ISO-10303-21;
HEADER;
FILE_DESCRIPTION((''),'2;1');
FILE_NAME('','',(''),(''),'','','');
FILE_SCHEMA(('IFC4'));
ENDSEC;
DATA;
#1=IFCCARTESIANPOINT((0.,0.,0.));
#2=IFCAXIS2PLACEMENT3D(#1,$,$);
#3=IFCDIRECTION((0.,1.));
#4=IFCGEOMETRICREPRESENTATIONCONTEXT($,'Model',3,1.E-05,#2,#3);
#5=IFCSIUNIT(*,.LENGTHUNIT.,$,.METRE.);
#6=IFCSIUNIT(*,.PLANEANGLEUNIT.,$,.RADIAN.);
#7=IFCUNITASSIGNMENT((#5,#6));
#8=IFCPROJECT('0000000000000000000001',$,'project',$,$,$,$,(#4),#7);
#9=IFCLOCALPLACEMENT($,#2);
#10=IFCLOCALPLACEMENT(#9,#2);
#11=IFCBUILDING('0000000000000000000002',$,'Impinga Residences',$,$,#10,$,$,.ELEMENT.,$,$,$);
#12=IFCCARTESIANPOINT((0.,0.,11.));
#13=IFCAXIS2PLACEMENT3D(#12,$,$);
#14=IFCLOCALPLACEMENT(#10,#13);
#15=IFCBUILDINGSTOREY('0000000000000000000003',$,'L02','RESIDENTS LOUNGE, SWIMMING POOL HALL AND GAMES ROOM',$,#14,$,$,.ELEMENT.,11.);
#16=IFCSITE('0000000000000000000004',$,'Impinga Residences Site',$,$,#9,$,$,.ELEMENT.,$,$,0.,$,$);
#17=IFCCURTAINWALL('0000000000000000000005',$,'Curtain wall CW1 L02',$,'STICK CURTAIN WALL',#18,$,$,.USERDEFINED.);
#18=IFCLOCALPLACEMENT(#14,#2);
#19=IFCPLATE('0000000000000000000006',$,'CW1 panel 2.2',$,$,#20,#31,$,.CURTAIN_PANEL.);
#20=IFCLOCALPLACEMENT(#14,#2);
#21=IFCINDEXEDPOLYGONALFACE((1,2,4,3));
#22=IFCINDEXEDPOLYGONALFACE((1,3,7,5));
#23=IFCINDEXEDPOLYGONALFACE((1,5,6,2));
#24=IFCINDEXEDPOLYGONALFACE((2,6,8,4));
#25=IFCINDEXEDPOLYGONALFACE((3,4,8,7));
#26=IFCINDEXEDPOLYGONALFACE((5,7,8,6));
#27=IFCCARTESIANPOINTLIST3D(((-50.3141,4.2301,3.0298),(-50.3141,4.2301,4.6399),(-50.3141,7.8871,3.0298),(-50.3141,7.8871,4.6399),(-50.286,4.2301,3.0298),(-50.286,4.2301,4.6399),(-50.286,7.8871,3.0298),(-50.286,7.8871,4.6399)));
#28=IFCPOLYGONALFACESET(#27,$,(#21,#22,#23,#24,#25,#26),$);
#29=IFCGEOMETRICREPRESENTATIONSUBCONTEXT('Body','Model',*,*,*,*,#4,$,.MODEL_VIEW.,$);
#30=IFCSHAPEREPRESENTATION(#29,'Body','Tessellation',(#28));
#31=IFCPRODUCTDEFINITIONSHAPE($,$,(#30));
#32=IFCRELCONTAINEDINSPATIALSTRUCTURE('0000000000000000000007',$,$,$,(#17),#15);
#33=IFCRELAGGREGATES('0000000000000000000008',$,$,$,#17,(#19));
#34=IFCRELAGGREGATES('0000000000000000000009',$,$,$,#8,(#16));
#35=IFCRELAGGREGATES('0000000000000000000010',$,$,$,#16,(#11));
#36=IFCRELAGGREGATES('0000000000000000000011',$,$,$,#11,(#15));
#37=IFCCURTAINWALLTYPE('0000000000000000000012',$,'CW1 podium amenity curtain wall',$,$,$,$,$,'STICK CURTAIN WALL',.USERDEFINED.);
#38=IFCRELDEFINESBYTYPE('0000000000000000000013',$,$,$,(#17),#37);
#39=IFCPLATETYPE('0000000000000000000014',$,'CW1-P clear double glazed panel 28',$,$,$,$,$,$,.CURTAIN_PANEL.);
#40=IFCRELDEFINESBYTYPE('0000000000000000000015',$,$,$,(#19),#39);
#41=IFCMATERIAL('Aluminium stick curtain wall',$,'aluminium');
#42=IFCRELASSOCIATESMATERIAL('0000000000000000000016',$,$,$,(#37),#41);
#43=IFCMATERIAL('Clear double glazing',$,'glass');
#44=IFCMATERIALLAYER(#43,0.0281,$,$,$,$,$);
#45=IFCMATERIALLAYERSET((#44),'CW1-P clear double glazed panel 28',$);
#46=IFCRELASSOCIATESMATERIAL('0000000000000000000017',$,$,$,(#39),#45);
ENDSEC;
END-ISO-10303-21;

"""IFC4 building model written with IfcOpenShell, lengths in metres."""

from ifc_helpers import new_model, si_unit, direction, frame, origin, origin_2d, place, context, subcontext, project, spatial, rectangle, extrude, material, layer, layer_set, type_object, element, aggregate, save


model = new_model("IFC4")

# Units and contexts
model_context = context("Model", 3, precision=1e-05, world=origin(), true_north=direction((0.0, 1.0)))
body_context = subcontext(model_context, "Body", "Model", "MODEL_VIEW")
ifc_project = project(units=[si_unit("LENGTHUNIT", "METRE"), si_unit("PLANEANGLEUNIT", "RADIAN")], contexts=[model_context])

# Site, building, storey
site_placement = place(None, origin())
site = spatial("IfcSite", under=ifc_project, at=site_placement, Name="Impinga Residences Site", CompositionType="ELEMENT", RefElevation=0.0)
building_placement = place(site_placement, origin())
building = spatial("IfcBuilding", under=site, at=building_placement, Name="Impinga Residences", CompositionType="ELEMENT")
storey_placement = place(building_placement, frame((0.0, 0.0, 11.0)))
storey = spatial("IfcBuildingStorey", under=building, at=storey_placement, Name="L02", Description="RESIDENTS LOUNGE, SWIMMING POOL HALL AND GAMES ROOM", CompositionType="ELEMENT", Elevation=11.0)

# Curtain wall
ifc_material_1 = material(Name="Aluminium stick curtain wall", Category="aluminium")
curtain_wall_type = type_object("IfcCurtainWallType", Name="CW1 podium amenity curtain wall", ElementType="STICK CURTAIN WALL", PredefinedType="USERDEFINED", material=ifc_material_1)
curtain_wall_1_placement = place(storey_placement, origin())
curtain_wall_1 = element("IfcCurtainWall", 1, at=curtain_wall_1_placement, inside=storey, type_object=curtain_wall_type, Name="Curtain wall CW1 L02", ObjectType="STICK CURTAIN WALL", PredefinedType="USERDEFINED")

# Plate
ifc_material_2 = material(Name="Clear double glazing", Category="glass")
ifc_layer = layer(ifc_material_2, 0.0281)
ifc_layer_set = layer_set([ifc_layer], Name="CW1-P clear double glazed panel 28")
plate_type = type_object("IfcPlateType", Name="CW1-P clear double glazed panel 28", PredefinedType="CURTAIN_PANEL", material=ifc_layer_set)
plate_1_placement = place(storey_placement, frame((-50.3, 6.0586, 3.0298), z_axis=(0.0, 0.0, 1.0), x_axis=(0.0, 1.0, 0.0)))
plate_1 = element("IfcPlate", 2, at=plate_1_placement, type_object=plate_type, Name="CW1 panel 2.2", PredefinedType="CURTAIN_PANEL", context=body_context, shape_type="SweptSolid", body=[
    extrude(rectangle(XDim=3.657, YDim=0.0281, at=origin_2d()), origin(), (0.0, 0.0, 1.0), 1.6101),
])
aggregate(curtain_wall_1, [plate_1])

save(model, "model.ifc")
